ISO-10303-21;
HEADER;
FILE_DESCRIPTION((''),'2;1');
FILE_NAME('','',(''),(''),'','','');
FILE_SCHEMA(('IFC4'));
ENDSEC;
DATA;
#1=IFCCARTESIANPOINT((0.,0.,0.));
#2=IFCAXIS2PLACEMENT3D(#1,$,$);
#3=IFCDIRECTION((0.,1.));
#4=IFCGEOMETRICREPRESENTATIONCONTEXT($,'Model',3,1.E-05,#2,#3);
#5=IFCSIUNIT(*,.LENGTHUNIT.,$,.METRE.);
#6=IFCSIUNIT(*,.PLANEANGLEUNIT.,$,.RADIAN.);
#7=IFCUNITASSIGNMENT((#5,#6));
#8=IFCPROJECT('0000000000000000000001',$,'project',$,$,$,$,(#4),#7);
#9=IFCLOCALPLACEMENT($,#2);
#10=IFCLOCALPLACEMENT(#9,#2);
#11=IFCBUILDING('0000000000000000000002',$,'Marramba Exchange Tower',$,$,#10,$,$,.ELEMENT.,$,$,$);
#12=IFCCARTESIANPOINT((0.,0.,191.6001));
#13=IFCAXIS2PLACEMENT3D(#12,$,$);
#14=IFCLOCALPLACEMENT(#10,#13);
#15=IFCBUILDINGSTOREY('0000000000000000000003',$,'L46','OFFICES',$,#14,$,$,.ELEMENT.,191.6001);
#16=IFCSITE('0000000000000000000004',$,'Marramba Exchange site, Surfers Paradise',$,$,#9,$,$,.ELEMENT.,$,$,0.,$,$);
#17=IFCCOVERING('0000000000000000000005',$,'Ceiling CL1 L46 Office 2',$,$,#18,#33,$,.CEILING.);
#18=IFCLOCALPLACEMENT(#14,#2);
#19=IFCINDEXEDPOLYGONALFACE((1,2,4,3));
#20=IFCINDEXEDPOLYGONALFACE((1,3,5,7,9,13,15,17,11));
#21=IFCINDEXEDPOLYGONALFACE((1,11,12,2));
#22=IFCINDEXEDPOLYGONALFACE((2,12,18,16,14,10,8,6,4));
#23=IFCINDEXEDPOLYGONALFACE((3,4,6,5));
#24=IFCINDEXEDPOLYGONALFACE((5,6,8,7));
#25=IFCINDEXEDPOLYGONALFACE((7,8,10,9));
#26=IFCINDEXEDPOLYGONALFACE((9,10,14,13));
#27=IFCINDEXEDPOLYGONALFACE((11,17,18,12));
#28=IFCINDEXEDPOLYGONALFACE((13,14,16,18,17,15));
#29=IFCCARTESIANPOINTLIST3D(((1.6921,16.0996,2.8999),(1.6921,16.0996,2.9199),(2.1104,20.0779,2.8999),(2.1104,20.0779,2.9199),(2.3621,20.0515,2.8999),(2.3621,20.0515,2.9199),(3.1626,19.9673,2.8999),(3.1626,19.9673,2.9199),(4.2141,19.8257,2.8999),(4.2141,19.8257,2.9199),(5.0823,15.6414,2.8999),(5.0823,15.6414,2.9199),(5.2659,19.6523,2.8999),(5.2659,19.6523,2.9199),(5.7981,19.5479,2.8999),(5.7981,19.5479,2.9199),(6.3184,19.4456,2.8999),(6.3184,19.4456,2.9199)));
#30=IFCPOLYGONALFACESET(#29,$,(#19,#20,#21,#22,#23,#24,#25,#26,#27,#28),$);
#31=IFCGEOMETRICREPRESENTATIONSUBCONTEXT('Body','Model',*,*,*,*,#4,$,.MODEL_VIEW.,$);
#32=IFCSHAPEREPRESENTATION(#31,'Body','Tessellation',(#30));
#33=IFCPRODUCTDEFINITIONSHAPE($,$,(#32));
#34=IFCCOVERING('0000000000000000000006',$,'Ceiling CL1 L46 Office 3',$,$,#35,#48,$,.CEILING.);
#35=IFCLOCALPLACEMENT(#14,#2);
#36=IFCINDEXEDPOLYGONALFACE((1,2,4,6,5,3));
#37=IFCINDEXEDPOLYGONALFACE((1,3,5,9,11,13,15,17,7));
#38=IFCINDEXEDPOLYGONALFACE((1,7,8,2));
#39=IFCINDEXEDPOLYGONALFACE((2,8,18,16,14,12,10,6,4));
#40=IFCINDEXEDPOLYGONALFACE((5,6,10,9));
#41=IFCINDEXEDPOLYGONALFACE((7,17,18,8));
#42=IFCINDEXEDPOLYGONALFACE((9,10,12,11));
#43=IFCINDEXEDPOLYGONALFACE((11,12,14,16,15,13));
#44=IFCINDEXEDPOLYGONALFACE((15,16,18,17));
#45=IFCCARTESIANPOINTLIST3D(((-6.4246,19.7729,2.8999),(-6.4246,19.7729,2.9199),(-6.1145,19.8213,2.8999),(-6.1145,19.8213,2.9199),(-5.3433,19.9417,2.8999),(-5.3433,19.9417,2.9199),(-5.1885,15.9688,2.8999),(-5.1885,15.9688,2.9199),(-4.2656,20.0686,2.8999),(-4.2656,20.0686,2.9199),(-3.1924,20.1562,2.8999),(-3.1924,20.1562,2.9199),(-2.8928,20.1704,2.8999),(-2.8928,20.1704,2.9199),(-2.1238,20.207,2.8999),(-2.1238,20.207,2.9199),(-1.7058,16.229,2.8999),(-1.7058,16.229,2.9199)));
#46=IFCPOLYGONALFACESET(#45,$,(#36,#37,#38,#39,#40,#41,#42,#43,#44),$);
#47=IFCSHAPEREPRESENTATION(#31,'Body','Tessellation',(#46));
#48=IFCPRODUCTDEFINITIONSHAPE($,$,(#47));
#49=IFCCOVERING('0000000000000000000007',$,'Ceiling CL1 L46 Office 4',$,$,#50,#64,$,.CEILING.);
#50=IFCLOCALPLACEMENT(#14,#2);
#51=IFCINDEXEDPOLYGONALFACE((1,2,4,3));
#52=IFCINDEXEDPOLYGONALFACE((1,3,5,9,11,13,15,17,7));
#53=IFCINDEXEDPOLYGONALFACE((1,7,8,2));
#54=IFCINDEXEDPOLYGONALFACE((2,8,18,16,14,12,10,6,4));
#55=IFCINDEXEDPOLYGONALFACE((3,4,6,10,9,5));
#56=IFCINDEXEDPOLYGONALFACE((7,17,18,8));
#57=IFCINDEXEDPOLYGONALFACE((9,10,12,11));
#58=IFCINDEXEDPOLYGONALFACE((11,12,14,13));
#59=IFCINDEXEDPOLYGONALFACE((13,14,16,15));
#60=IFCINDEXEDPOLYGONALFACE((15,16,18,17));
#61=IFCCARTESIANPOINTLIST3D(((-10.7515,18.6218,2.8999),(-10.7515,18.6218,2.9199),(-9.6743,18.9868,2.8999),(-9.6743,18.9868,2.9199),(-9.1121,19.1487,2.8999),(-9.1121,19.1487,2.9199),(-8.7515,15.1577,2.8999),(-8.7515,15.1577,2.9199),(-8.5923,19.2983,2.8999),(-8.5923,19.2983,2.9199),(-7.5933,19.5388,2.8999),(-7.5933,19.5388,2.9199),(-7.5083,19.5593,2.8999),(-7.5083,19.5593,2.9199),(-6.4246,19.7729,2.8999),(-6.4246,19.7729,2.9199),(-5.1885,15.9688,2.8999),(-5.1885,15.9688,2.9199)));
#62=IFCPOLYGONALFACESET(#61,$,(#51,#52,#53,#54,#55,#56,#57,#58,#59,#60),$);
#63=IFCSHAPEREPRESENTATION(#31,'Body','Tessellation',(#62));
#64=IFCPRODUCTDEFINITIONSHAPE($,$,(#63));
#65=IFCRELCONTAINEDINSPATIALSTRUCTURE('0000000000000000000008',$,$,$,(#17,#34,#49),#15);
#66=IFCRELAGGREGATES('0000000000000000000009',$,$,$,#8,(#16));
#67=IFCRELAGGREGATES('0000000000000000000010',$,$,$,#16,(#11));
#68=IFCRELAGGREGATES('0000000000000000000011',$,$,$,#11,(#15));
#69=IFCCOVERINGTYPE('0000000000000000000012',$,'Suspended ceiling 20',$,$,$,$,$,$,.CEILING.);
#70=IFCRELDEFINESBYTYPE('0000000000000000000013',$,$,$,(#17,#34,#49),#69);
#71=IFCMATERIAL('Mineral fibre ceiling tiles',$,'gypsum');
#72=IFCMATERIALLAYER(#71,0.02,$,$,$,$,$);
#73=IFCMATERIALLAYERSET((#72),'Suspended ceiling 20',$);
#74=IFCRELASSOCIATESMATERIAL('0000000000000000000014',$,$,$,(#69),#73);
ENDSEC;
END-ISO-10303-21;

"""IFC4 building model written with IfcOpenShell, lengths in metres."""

from ifc_helpers import new_model, si_unit, direction, frame, origin, place, context, subcontext, project, spatial, polyline, outline, extrude, material, layer, layer_set, type_object, element, save


model = new_model("IFC4")

# Units and contexts
model_context = context("Model", 3, precision=1e-05, world=origin(), true_north=direction((0.0, 1.0)))
body_context = subcontext(model_context, "Body", "Model", "MODEL_VIEW")
ifc_project = project(units=[si_unit("LENGTHUNIT", "METRE"), si_unit("PLANEANGLEUNIT", "RADIAN")], contexts=[model_context])

# Site, building, storey
site_placement = place(None, origin())
site = spatial("IfcSite", under=ifc_project, at=site_placement, Name="Marramba Exchange site, Surfers Paradise", CompositionType="ELEMENT", RefElevation=0.0)
building_placement = place(site_placement, origin())
building = spatial("IfcBuilding", under=site, at=building_placement, Name="Marramba Exchange Tower", CompositionType="ELEMENT")
storey_placement = place(building_placement, frame((0.0, 0.0, 191.6001)))
storey = spatial("IfcBuildingStorey", under=building, at=storey_placement, Name="L46", Description="OFFICES", CompositionType="ELEMENT", Elevation=191.6001)

# Coverings
ifc_material_1 = material(Name="Mineral fibre ceiling tiles", Category="gypsum")
ifc_layer_1 = layer(ifc_material_1, 0.02)
ifc_layer_set_1 = layer_set([ifc_layer_1], Name="Suspended ceiling 20")
covering_type = type_object("IfcCoveringType", Name="Suspended ceiling 20", PredefinedType="CEILING", material=ifc_layer_set_1)
covering_1_placement = place(storey_placement, frame((0.0, 0.0, 2.8999)))
element("IfcCovering", 1, at=covering_1_placement, inside=storey, type_object=covering_type, Name="Ceiling CL1 L46 Office 2", PredefinedType="CEILING", context=body_context, shape_type="SweptSolid", body=[
    extrude(outline(polyline([(2.3621, 20.0515), (3.1626, 19.9673), (4.2141, 19.8257), (5.2659, 19.6523), (5.7981, 19.5479), (6.3184, 19.4456), (5.0823, 15.6414), (1.6921, 16.0996), (2.1104, 20.0779), (2.3621, 20.0515)])), origin(), (0.0, 0.0, 1.0), 0.02),
])
covering_2_placement = place(storey_placement, frame((0.0, 0.0, 2.8999)))
element("IfcCovering", 2, at=covering_2_placement, inside=storey, type_object=covering_type, Name="Ceiling CL1 L46 Office 3", PredefinedType="CEILING", context=body_context, shape_type="SweptSolid", body=[
    extrude(outline(polyline([(-6.1145, 19.8213), (-5.3433, 19.9417), (-4.2656, 20.0686), (-3.1924, 20.1562), (-2.8928, 20.1704), (-2.1238, 20.207), (-1.7058, 16.229), (-5.1885, 15.9688), (-6.4246, 19.7729), (-6.1145, 19.8213)])), origin(), (0.0, 0.0, 1.0), 0.02),
])
covering_3_placement = place(storey_placement, frame((0.0, 0.0, 2.8999)))
element("IfcCovering", 3, at=covering_3_placement, inside=storey, type_object=covering_type, Name="Ceiling CL1 L46 Office 4", PredefinedType="CEILING", context=body_context, shape_type="SweptSolid", body=[
    extrude(outline(polyline([(-9.6743, 18.9868), (-9.1121, 19.1487), (-8.5923, 19.2983), (-7.5933, 19.5388), (-7.5083, 19.5593), (-6.4246, 19.7729), (-5.1885, 15.9688), (-8.7515, 15.1577), (-10.7515, 18.6218), (-9.6743, 18.9868)])), origin(), (0.0, 0.0, 1.0), 0.02),
])

save(model, "model.ifc")
